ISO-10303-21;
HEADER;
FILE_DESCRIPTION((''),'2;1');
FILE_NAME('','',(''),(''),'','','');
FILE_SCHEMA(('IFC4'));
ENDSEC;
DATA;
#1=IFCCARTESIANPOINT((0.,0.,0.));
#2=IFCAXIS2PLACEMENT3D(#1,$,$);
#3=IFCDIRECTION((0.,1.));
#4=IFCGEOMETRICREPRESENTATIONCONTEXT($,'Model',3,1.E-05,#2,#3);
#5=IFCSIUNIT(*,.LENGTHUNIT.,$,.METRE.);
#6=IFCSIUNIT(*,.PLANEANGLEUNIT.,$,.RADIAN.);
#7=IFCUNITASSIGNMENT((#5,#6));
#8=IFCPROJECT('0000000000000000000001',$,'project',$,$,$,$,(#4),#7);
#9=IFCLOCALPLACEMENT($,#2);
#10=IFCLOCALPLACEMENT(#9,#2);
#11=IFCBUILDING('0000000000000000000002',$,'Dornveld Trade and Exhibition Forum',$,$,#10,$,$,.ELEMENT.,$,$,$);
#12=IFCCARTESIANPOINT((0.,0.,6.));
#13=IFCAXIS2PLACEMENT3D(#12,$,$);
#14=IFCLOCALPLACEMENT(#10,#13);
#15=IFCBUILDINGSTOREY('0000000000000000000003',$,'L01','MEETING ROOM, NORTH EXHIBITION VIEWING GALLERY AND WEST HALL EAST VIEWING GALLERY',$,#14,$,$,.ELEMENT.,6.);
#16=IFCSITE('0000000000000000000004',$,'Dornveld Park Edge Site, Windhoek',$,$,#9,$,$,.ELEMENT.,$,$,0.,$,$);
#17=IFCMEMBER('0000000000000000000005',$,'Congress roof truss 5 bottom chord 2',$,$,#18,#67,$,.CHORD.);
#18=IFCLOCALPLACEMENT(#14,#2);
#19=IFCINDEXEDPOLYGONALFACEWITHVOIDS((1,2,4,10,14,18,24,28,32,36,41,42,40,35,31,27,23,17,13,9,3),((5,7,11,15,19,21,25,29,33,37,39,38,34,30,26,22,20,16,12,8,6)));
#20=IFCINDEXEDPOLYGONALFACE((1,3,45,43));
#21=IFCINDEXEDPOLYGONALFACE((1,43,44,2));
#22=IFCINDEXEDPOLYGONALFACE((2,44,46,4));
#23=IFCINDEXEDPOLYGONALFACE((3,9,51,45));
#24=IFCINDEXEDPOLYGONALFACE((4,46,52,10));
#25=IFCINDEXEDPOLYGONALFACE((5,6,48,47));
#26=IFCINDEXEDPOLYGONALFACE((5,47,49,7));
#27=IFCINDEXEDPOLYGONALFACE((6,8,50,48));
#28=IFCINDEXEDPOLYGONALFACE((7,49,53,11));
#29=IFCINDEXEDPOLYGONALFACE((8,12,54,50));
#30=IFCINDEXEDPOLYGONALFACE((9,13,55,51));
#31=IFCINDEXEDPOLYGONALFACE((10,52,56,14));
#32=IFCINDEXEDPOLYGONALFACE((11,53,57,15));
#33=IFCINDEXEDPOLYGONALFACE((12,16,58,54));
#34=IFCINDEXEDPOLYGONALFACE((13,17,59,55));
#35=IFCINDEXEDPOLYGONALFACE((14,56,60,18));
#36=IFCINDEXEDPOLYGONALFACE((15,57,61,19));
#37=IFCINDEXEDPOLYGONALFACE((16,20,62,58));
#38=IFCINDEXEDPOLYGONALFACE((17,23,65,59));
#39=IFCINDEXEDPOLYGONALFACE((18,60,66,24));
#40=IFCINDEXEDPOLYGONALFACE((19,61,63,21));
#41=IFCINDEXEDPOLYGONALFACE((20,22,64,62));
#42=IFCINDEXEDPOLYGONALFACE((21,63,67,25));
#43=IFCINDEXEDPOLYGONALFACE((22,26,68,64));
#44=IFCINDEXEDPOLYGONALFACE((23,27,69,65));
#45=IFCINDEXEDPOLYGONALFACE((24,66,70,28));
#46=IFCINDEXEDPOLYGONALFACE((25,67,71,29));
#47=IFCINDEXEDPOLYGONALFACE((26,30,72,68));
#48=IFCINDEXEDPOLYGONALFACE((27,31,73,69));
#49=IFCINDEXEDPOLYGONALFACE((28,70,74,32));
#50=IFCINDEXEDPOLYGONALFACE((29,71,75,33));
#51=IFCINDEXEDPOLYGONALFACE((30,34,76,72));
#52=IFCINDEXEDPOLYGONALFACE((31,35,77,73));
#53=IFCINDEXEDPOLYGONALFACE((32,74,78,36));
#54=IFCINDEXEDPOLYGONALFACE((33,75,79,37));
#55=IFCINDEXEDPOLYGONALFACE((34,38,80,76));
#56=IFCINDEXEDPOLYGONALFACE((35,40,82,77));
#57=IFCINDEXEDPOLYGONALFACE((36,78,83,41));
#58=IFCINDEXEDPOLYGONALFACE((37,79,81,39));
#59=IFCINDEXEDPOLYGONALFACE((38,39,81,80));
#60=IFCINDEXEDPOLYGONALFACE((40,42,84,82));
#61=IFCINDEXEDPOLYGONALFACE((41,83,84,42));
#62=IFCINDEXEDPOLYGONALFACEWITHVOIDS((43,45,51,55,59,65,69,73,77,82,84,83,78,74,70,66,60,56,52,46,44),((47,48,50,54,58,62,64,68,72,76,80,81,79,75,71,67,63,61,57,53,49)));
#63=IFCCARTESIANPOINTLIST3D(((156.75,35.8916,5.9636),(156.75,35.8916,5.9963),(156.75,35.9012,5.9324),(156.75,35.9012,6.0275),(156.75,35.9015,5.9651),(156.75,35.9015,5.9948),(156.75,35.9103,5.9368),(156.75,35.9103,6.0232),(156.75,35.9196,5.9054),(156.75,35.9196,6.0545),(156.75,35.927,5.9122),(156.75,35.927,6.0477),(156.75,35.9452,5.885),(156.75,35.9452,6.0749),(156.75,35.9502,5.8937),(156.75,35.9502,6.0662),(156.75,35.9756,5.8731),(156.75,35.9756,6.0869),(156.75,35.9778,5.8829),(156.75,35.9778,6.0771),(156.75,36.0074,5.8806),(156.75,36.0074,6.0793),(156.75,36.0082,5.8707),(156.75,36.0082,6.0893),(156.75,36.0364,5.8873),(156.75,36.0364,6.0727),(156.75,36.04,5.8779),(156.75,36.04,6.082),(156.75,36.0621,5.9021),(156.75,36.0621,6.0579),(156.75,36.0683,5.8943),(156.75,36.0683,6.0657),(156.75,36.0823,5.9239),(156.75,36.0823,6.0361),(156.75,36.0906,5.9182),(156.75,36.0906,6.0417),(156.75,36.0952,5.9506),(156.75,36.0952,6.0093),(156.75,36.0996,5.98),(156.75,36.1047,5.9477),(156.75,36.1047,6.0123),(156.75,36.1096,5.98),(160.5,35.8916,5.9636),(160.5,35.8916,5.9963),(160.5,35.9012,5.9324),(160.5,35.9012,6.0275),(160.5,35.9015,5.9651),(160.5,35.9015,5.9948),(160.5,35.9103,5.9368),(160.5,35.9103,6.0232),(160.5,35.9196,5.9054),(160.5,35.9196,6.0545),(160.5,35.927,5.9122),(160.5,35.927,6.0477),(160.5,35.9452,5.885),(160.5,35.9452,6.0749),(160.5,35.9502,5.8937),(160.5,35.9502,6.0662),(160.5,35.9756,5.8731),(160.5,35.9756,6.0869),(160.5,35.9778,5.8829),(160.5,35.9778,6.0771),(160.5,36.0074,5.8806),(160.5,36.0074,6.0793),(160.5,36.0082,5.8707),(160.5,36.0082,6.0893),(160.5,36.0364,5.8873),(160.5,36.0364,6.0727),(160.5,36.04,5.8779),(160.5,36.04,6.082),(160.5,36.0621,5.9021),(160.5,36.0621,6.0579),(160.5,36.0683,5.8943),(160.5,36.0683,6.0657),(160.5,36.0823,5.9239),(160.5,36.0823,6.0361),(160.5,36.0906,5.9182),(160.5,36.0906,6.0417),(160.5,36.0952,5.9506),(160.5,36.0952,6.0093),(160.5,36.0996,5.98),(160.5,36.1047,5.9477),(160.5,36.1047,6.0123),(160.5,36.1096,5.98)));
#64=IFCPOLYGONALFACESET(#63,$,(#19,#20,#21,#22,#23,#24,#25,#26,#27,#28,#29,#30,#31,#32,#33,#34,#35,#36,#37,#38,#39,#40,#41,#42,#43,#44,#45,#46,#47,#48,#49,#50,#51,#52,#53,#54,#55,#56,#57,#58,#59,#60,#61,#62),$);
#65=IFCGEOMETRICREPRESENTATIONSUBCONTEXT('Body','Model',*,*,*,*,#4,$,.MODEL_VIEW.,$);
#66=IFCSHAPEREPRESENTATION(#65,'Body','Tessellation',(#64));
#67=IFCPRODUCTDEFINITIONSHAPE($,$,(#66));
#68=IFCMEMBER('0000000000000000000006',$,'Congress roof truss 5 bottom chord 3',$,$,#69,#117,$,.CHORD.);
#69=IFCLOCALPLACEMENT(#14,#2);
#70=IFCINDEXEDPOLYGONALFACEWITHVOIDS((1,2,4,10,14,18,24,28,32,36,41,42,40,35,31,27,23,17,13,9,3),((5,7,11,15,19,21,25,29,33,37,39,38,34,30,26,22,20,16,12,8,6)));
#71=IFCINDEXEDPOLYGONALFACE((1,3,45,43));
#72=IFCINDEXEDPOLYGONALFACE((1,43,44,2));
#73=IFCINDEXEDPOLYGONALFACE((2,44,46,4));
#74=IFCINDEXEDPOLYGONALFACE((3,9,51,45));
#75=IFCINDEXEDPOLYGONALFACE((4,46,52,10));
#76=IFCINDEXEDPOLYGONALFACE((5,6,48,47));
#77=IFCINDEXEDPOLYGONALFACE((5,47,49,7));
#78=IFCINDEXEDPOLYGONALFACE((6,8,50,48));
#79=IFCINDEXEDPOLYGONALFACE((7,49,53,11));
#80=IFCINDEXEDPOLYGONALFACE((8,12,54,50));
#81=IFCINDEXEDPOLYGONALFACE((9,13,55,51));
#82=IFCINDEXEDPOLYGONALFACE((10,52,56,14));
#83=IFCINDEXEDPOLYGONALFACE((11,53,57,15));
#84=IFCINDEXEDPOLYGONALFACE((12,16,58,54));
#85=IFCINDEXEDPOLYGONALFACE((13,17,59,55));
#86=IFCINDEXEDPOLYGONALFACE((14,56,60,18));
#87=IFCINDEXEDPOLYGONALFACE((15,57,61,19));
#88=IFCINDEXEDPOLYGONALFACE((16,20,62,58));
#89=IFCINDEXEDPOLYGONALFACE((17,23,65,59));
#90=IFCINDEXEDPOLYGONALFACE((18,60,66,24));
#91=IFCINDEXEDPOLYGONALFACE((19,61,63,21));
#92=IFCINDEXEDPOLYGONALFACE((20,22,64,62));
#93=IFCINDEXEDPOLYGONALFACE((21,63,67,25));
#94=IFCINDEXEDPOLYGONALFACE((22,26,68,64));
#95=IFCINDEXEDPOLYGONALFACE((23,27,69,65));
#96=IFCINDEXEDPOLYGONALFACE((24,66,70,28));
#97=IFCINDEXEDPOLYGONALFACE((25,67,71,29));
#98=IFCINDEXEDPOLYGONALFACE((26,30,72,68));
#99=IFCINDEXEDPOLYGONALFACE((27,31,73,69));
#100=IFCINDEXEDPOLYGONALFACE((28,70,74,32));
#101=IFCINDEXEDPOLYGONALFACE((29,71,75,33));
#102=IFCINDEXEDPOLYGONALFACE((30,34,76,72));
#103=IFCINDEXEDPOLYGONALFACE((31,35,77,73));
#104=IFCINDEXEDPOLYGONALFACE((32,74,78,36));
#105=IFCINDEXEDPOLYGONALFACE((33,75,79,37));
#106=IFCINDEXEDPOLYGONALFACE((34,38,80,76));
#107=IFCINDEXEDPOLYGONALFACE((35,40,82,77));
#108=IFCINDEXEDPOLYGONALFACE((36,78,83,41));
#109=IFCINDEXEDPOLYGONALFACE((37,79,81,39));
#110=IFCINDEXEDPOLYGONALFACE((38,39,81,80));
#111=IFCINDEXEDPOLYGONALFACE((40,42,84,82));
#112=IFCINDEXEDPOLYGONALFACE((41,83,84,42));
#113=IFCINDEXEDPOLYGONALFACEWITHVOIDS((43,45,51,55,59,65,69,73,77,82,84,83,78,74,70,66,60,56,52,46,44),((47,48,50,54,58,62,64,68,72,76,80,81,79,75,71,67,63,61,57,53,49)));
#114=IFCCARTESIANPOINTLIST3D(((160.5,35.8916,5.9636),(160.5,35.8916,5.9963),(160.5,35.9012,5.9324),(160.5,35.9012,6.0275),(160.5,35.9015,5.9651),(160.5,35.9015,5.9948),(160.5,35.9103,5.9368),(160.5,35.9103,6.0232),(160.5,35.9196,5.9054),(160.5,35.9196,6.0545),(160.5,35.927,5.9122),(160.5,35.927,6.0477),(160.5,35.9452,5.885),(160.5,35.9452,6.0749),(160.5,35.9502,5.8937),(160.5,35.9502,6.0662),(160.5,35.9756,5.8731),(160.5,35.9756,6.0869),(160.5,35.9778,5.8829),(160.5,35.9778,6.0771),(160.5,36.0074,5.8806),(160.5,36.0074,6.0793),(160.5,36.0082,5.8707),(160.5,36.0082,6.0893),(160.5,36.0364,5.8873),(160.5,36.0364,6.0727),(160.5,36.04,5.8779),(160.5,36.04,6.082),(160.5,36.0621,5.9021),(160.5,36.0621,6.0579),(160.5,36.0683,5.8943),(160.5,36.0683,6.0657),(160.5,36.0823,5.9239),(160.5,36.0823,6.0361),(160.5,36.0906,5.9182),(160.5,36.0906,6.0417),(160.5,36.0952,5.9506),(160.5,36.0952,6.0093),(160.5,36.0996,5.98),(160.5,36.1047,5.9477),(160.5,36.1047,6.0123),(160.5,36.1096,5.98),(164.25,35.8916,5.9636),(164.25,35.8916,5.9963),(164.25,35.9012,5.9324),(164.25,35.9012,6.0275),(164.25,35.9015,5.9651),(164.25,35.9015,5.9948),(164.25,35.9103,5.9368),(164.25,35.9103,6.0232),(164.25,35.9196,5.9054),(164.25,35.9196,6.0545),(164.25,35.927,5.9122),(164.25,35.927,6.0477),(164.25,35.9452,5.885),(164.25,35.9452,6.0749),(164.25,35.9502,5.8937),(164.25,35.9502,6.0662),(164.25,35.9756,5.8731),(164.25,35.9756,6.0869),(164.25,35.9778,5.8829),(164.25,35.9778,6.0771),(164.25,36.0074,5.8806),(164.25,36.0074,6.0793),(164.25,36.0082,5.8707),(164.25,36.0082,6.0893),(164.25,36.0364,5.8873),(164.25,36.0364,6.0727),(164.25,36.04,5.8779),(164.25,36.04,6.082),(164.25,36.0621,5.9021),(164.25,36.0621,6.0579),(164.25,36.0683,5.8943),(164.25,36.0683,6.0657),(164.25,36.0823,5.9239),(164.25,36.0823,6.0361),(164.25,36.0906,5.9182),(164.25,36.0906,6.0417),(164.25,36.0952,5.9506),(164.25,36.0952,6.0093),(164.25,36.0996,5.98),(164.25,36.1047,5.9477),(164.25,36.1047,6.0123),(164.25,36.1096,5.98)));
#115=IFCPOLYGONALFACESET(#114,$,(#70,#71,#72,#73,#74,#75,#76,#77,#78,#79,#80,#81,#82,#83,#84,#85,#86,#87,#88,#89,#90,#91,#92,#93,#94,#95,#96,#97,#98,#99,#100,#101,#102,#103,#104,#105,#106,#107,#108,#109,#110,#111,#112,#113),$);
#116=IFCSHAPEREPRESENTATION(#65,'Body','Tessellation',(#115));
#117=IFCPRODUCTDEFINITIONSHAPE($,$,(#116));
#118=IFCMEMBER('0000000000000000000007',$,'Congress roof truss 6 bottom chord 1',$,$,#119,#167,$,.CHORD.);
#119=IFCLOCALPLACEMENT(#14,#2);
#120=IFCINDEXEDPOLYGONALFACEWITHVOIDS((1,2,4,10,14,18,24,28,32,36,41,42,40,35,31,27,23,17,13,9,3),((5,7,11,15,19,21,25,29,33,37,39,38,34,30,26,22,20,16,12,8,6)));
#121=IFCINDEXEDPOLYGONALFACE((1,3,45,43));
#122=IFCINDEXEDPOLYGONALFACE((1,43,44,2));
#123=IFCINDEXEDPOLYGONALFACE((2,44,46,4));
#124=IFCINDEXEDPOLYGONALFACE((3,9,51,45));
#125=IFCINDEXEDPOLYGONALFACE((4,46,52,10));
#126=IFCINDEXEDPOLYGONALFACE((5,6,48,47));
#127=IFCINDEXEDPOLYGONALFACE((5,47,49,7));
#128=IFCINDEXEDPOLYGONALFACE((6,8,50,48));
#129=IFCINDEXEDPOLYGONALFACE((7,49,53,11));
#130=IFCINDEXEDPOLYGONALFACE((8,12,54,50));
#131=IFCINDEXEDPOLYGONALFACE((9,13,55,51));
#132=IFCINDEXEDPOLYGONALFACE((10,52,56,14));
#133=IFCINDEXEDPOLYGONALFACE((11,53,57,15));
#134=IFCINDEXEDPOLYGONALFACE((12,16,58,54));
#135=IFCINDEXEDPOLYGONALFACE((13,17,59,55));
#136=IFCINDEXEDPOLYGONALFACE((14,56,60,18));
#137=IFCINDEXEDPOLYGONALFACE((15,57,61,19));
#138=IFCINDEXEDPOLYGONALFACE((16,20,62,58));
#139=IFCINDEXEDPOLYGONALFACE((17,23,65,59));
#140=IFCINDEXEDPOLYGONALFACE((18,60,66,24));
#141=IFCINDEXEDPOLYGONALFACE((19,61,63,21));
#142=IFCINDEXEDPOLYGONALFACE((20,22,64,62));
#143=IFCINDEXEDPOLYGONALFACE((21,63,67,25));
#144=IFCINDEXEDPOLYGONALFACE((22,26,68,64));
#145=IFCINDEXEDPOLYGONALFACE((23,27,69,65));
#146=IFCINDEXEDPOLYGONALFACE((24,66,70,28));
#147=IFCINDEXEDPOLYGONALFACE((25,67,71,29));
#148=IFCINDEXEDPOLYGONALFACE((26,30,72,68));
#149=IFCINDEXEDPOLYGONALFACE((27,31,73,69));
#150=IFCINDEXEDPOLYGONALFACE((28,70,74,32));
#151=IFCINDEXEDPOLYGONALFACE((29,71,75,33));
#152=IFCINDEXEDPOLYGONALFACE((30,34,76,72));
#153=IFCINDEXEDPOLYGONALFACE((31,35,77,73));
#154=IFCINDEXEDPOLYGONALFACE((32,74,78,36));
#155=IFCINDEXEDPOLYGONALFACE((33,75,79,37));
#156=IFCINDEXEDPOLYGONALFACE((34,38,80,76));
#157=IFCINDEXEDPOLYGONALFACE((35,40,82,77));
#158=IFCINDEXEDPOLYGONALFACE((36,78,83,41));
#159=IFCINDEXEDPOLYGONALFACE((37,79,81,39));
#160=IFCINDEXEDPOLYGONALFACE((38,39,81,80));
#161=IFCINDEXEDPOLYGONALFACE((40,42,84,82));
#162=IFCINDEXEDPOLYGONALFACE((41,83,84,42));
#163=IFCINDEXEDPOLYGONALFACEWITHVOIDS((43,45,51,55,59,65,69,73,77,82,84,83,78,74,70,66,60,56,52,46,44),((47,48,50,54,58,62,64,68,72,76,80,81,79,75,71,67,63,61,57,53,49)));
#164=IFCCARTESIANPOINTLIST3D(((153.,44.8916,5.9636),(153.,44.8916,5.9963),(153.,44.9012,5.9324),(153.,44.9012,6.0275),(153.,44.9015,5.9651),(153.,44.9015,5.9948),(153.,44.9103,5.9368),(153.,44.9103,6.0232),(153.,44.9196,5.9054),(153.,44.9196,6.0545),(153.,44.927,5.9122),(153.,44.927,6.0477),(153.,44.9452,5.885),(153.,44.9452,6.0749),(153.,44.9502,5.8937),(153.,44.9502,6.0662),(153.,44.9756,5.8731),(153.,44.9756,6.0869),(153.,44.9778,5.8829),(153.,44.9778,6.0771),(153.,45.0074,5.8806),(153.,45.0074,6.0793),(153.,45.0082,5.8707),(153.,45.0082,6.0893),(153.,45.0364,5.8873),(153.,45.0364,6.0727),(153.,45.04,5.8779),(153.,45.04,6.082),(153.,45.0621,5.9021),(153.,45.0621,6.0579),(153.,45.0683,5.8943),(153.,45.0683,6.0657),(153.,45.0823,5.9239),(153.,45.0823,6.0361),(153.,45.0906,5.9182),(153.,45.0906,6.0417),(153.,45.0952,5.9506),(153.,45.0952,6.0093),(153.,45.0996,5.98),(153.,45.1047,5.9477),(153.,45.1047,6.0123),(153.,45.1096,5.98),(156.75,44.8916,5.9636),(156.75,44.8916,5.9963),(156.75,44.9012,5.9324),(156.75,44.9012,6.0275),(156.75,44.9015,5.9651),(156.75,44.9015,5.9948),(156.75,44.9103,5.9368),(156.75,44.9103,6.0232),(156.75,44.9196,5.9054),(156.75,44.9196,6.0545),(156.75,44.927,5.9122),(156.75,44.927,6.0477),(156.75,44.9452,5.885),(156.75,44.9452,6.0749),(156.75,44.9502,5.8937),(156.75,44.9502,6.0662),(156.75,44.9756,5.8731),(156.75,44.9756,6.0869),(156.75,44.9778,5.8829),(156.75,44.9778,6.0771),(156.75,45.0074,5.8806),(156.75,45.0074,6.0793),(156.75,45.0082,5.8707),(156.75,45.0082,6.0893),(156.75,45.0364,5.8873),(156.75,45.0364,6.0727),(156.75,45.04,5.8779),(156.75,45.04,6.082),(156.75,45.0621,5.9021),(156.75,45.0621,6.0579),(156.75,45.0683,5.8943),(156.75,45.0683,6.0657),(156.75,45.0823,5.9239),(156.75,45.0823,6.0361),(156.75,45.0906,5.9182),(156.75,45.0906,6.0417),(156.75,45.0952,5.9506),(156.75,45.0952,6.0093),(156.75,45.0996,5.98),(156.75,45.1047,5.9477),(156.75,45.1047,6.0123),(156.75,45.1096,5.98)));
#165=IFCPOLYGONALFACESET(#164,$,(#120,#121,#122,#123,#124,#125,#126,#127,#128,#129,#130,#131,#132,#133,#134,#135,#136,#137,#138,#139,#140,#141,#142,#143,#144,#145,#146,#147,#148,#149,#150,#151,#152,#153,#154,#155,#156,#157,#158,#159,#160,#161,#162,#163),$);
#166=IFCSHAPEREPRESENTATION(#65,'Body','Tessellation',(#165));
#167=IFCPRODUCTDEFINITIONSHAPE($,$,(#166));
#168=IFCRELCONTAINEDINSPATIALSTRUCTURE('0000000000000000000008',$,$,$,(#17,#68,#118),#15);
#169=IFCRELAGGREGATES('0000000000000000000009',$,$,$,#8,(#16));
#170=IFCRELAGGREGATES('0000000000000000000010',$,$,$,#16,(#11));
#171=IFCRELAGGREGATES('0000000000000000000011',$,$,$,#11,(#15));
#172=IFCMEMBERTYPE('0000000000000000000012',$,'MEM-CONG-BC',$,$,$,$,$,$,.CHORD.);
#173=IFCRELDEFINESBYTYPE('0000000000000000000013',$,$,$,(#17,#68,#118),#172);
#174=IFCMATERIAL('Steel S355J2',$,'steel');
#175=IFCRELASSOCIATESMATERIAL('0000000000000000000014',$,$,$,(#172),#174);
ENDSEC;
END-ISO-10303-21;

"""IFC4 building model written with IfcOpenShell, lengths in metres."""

from ifc_helpers import new_model, si_unit, direction, frame, origin, origin_2d, place, context, subcontext, project, spatial, hollow_circle, extrude, material, material_profile, profile_set, type_object, element, save


model = new_model("IFC4")

# Units and contexts
model_context = context("Model", 3, precision=1e-05, world=origin(), true_north=direction((0.0, 1.0)))
body_context = subcontext(model_context, "Body", "Model", "MODEL_VIEW")
ifc_project = project(units=[si_unit("LENGTHUNIT", "METRE"), si_unit("PLANEANGLEUNIT", "RADIAN")], contexts=[model_context])

# Site, building, storey
site_placement = place(None, origin())
site = spatial("IfcSite", under=ifc_project, at=site_placement, Name="Dornveld Park Edge Site, Windhoek", CompositionType="ELEMENT", RefElevation=0.0)
building_placement = place(site_placement, origin())
building = spatial("IfcBuilding", under=site, at=building_placement, Name="Dornveld Trade and Exhibition Forum", CompositionType="ELEMENT")
storey_placement = place(building_placement, frame((0.0, 0.0, 6.0)))
storey = spatial("IfcBuildingStorey", under=building, at=storey_placement, Name="L01", Description="MEETING ROOM, NORTH EXHIBITION VIEWING GALLERY AND WEST HALL EAST VIEWING GALLERY", CompositionType="ELEMENT", Elevation=6.0)

# Members
ifc_material_1 = material(Name="Steel S355J2", Category="steel")
ifc_material_profile_1 = material_profile(ifc_material_1, hollow_circle(Radius=0.1096, WallThickness=0.01, at=origin_2d()), Name="CHS 219.1x10")
ifc_profile_set_1 = profile_set([ifc_material_profile_1], Name="Steel S355J2")
member_type_1 = type_object("IfcMemberType", Name="MEM-CONG-BC", PredefinedType="CHORD", material=ifc_profile_set_1)
for number, where, z_axis, x_axis, name in (
    (1, (156.75, 36.0, 5.98), (1.0, 0.0, 0.0), (0.0, 1.0, 0.0), "Congress roof truss 5 bottom chord 2"),
    (2, (160.5, 36.0, 5.98), (1.0, 0.0, 0.0), (0.0, 1.0, 0.0), "Congress roof truss 5 bottom chord 3"),
    (3, (153.0, 45.0, 5.98), (1.0, 0.0, 0.0), (0.0, 1.0, 0.0), "Congress roof truss 6 bottom chord 1"),
):
    element("IfcMember", number, at=place(storey_placement, frame(where, z_axis=z_axis, x_axis=x_axis)), inside=storey, type_object=member_type_1, Name=name, PredefinedType="CHORD", context=body_context, shape_type="SweptSolid", body=[
        extrude(hollow_circle(Radius=0.1096, WallThickness=0.01, at=origin_2d()), origin(), (0.0, 0.0, 1.0), 3.75),
    ])

save(model, "model.ifc")
